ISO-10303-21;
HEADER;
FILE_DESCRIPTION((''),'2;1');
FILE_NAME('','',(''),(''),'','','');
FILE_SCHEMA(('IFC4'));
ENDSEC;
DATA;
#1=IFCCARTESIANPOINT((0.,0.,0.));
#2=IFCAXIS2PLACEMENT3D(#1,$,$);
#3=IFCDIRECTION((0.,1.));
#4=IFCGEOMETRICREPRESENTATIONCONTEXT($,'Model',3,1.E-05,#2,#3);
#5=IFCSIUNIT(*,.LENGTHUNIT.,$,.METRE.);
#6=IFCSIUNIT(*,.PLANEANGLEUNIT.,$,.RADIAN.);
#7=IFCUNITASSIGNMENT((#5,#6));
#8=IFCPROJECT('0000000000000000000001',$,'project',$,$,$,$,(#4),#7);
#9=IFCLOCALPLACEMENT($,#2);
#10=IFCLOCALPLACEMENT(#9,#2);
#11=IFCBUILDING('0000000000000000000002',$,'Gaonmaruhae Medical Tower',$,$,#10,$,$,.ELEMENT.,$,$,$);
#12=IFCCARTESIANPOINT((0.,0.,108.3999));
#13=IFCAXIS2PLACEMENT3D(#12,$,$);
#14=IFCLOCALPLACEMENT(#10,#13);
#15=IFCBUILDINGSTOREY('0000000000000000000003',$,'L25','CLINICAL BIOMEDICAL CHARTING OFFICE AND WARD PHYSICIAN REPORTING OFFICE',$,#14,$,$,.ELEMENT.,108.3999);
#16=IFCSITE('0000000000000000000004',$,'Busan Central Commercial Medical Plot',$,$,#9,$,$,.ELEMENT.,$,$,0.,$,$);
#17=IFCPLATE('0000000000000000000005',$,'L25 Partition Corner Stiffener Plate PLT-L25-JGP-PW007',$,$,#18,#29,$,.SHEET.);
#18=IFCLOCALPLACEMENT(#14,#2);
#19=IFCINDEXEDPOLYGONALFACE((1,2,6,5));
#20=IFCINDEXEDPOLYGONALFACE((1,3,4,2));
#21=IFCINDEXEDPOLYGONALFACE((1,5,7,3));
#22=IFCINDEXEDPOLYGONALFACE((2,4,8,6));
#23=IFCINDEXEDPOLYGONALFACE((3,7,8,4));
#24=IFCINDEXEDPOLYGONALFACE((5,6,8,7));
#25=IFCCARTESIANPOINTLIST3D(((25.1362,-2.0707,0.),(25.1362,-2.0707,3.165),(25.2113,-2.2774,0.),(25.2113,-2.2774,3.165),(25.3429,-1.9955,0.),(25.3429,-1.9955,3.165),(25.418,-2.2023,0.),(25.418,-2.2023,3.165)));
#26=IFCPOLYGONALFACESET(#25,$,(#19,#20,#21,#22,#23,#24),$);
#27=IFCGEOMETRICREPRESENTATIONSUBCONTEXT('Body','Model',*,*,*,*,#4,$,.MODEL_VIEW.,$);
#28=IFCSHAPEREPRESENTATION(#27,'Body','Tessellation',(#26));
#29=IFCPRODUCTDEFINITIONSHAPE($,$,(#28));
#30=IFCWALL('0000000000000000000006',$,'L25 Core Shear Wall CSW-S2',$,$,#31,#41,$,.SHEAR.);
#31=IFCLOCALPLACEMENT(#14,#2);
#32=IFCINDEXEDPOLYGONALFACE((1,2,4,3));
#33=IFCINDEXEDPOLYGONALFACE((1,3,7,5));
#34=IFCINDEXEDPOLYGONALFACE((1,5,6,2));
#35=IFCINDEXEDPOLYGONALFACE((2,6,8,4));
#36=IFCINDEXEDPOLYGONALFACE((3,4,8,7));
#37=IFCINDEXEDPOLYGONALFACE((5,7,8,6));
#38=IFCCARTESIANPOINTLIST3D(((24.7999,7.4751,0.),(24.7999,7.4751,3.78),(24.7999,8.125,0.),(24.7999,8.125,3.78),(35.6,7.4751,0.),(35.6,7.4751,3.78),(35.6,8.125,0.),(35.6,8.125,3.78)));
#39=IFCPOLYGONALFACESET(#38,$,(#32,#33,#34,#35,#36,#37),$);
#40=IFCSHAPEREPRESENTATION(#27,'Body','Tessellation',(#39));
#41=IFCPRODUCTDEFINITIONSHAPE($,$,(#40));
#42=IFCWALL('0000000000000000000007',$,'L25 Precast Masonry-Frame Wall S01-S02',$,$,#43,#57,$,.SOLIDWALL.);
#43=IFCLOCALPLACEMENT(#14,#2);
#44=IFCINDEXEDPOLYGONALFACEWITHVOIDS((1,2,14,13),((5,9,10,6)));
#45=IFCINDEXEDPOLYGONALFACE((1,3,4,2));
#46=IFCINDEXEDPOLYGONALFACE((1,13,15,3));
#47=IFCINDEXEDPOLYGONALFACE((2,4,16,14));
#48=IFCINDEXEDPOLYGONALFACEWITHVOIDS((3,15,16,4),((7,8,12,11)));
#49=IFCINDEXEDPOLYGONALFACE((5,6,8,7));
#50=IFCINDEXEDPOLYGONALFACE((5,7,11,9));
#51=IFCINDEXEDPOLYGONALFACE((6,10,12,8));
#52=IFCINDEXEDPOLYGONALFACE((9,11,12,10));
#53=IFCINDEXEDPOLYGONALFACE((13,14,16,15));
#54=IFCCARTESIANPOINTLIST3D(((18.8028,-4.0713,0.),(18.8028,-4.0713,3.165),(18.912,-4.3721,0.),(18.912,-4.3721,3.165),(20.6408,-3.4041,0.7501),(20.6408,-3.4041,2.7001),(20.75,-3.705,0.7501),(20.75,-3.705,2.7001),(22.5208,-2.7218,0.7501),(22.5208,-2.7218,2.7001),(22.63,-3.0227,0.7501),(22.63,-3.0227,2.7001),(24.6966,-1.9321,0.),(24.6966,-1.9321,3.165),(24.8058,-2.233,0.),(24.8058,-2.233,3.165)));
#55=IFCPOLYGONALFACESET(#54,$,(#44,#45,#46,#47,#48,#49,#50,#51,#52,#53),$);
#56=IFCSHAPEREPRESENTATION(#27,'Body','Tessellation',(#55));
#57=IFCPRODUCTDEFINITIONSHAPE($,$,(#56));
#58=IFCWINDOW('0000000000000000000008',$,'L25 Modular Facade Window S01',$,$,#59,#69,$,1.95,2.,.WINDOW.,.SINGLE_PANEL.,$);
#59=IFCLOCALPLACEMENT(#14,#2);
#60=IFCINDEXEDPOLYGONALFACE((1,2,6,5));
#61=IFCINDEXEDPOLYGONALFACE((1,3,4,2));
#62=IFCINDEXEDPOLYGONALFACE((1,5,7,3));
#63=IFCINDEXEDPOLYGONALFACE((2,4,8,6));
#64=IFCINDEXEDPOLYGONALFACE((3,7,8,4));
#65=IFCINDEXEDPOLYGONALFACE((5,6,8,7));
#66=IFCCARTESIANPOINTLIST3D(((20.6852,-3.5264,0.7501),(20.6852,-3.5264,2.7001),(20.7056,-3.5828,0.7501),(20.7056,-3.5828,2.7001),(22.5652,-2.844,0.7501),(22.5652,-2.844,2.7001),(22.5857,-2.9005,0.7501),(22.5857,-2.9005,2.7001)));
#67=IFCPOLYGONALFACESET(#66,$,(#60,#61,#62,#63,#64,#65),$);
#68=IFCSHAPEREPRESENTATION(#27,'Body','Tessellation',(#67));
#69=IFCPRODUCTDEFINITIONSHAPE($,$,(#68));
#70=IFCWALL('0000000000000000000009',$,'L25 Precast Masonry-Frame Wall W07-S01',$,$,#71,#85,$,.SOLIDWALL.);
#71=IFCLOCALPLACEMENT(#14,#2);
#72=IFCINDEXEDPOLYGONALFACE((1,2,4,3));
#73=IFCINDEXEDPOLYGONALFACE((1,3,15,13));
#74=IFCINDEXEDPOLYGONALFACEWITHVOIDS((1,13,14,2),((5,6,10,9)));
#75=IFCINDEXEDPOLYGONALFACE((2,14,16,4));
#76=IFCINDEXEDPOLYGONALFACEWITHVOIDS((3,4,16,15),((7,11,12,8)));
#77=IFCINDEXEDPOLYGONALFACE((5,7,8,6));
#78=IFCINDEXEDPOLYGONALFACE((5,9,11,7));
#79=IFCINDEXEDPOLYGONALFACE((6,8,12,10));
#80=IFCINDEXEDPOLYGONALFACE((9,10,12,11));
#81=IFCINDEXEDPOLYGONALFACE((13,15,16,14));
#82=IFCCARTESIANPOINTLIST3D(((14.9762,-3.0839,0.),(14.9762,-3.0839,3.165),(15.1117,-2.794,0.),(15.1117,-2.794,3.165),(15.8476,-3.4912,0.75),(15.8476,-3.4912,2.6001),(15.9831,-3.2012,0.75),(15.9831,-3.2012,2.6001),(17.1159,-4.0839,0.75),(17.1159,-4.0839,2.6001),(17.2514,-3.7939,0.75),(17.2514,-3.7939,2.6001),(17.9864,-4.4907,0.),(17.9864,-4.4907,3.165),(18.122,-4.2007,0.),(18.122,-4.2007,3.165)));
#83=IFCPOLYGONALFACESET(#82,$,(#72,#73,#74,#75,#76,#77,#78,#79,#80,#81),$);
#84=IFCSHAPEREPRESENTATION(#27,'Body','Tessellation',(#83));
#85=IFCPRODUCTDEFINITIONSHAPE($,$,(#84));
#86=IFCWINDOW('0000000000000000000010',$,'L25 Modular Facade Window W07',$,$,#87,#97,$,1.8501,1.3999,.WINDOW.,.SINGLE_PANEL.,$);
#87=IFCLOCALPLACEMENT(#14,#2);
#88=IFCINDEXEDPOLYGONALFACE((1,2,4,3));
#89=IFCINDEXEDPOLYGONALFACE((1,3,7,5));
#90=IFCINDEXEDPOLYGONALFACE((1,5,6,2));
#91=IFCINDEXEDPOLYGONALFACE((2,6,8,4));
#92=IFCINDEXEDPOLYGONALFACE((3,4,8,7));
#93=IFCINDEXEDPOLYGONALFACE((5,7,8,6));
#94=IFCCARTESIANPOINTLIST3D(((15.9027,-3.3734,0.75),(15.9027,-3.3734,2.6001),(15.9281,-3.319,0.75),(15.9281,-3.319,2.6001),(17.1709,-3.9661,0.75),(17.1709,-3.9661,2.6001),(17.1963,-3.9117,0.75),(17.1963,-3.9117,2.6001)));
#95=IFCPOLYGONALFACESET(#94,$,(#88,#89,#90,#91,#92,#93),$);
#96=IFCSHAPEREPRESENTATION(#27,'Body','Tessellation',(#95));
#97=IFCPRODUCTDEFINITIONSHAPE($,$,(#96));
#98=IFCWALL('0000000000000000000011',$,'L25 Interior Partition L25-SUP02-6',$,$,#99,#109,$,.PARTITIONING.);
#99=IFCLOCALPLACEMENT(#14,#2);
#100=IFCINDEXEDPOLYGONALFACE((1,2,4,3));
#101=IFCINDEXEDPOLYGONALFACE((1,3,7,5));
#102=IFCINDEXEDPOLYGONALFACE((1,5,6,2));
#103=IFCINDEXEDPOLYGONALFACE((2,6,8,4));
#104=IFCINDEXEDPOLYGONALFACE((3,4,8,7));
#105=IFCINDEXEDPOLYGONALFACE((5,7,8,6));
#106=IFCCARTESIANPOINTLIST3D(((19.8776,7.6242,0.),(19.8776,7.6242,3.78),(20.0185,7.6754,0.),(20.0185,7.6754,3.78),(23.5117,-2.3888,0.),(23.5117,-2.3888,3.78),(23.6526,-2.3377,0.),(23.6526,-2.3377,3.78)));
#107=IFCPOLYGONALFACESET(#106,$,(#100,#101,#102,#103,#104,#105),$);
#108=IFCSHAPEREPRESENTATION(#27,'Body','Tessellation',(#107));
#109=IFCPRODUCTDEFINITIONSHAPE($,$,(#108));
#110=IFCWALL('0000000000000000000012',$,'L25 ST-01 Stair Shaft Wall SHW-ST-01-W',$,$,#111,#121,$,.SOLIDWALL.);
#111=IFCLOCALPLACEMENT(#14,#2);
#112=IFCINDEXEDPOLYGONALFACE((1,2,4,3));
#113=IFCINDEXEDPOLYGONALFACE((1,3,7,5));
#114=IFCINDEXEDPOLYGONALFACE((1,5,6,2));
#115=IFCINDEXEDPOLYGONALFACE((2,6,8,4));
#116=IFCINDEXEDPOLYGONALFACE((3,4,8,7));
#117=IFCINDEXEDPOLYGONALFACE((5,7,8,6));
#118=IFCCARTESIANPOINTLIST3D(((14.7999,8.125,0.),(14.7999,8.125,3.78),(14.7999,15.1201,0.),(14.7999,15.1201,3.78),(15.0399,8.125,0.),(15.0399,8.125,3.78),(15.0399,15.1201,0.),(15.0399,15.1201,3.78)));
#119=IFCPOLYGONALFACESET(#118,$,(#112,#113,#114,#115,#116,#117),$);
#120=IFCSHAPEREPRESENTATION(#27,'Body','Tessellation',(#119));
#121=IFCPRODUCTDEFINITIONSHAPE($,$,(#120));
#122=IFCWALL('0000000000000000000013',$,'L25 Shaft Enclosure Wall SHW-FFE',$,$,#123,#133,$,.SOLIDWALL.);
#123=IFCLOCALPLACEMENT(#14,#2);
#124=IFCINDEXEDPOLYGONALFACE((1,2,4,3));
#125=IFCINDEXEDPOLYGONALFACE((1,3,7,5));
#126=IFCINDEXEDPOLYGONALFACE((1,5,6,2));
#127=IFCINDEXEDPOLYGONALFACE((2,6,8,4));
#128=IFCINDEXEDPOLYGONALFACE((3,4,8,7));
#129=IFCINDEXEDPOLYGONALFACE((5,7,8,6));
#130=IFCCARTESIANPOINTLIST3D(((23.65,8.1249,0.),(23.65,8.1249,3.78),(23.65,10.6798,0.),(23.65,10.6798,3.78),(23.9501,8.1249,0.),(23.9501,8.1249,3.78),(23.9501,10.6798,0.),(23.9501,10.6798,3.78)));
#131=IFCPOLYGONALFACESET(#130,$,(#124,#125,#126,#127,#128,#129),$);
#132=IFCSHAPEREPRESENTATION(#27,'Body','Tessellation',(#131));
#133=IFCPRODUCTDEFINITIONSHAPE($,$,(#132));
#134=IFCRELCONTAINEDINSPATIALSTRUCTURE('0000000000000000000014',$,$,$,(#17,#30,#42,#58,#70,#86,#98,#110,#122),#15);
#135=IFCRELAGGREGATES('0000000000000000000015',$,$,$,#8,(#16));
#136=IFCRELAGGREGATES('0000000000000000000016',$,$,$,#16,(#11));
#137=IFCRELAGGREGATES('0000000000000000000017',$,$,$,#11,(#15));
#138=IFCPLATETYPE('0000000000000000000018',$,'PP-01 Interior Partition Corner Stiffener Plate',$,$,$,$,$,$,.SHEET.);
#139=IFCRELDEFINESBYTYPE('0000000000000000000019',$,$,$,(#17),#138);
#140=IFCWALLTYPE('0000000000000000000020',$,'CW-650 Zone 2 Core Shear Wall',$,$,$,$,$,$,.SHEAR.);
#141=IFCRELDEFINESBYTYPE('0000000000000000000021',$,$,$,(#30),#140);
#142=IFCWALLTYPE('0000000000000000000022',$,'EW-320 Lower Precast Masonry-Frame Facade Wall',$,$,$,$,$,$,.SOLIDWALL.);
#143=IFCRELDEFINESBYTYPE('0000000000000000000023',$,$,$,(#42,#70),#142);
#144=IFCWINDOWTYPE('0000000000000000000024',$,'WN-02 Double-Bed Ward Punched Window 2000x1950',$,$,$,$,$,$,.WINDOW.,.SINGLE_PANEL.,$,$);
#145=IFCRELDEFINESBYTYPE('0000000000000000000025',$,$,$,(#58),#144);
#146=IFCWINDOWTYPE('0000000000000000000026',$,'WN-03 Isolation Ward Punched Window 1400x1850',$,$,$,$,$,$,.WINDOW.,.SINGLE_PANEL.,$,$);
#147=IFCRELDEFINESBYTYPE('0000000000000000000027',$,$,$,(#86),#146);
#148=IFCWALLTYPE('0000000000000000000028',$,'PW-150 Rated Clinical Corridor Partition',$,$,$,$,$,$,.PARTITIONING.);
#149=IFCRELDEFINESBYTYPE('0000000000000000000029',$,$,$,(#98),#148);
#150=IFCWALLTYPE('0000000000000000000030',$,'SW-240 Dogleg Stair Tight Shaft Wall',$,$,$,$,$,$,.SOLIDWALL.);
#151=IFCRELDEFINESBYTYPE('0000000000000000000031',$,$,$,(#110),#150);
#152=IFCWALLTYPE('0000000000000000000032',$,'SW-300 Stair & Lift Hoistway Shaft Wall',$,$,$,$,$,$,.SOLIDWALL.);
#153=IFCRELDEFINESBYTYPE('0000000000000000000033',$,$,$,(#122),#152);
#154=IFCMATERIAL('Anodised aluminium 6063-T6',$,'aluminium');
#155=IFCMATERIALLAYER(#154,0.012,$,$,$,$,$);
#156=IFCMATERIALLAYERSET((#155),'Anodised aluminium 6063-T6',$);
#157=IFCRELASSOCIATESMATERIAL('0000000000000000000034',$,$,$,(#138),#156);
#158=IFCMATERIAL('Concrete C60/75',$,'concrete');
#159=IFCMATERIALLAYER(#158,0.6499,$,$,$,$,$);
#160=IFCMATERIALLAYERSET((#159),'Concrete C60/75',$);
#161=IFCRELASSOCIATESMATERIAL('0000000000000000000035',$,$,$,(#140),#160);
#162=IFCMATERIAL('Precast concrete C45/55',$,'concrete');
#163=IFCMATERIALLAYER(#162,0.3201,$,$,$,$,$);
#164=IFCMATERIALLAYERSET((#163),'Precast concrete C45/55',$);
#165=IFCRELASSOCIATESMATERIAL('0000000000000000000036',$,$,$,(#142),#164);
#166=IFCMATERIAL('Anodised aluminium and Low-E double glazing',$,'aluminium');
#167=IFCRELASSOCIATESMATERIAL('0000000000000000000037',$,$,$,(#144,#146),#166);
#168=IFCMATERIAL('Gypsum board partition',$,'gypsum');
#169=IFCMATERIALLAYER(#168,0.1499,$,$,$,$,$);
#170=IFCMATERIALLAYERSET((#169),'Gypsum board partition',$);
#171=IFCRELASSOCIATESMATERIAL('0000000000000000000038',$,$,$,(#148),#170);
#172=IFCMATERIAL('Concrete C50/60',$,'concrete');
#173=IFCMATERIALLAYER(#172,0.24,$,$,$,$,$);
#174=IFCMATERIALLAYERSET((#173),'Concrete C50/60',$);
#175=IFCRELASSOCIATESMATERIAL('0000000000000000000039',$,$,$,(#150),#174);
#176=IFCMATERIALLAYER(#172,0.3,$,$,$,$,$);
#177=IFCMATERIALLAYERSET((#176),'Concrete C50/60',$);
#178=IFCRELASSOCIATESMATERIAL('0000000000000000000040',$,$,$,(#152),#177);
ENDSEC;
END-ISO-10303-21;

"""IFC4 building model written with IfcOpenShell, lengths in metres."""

from ifc_helpers import new_model, si_unit, direction, frame, frame_2d, origin, origin_2d, place, context, subcontext, project, spatial, rectangle, extrude, material, layer, layer_set, type_object, element, fill, save


model = new_model("IFC4")

# Units and contexts
model_context = context("Model", 3, precision=1e-05, world=origin(), true_north=direction((0.0, 1.0)))
body_context = subcontext(model_context, "Body", "Model", "MODEL_VIEW")
ifc_project = project(units=[si_unit("LENGTHUNIT", "METRE"), si_unit("PLANEANGLEUNIT", "RADIAN")], contexts=[model_context])

# Site, building, storey
site_placement = place(None, origin())
site = spatial("IfcSite", under=ifc_project, at=site_placement, Name="Busan Central Commercial Medical Plot", CompositionType="ELEMENT", RefElevation=0.0)
building_placement = place(site_placement, origin())
building = spatial("IfcBuilding", under=site, at=building_placement, Name="Gaonmaruhae Medical Tower", CompositionType="ELEMENT")
storey_placement = place(building_placement, frame((0.0, 0.0, 108.3999)))
storey = spatial("IfcBuildingStorey", under=building, at=storey_placement, Name="L25", Description="CLINICAL BIOMEDICAL CHARTING OFFICE AND WARD PHYSICIAN REPORTING OFFICE", CompositionType="ELEMENT", Elevation=108.3999)

# Shared definitions
ifc_material_1 = material(Name="Concrete C60/75", Category="concrete")

# Plate
ifc_material_2 = material(Name="Anodised aluminium 6063-T6", Category="aluminium")
ifc_layer_1 = layer(ifc_material_2, 0.012)
ifc_layer_set_1 = layer_set([ifc_layer_1], Name="Anodised aluminium 6063-T6")
plate_type = type_object("IfcPlateType", Name="PP-01 Interior Partition Corner Stiffener Plate", PredefinedType="SHEET", material=ifc_layer_set_1)
plate_placement = place(storey_placement, frame((25.2771, -2.1365, 0.0), z_axis=(0.0, 0.0, 1.0), x_axis=(-0.939824, -0.341659, 0.0)))
element("IfcPlate", 1, at=plate_placement, inside=storey, type_object=plate_type, Name="L25 Partition Corner Stiffener Plate PLT-L25-JGP-PW007", PredefinedType="SHEET", context=body_context, shape_type="SweptSolid", body=[
    extrude(rectangle(XDim=0.22, YDim=0.22, at=origin_2d()), origin(), (0.0, 0.0, 1.0), 3.165),
])

# Wall
ifc_layer_2 = layer(ifc_material_1, 0.6499)
ifc_layer_set_2 = layer_set([ifc_layer_2], Name="Concrete C60/75")
wall_type_1 = type_object("IfcWallType", Name="CW-650 Zone 2 Core Shear Wall", PredefinedType="SHEAR", material=ifc_layer_set_2)
wall_1_placement = place(storey_placement, frame((24.8, 7.8, 0.0), z_axis=(0.0, 0.0, 1.0), x_axis=(1.0, 0.0, 0.0)))
element("IfcWall", 2, at=wall_1_placement, inside=storey, type_object=wall_type_1, Name="L25 Core Shear Wall CSW-S2", PredefinedType="SHEAR", context=body_context, shape_type="SweptSolid", body=[
    extrude(rectangle(XDim=10.8, YDim=0.6499, at=frame_2d((5.3999, 0.0))), origin(), (0.0, 0.0, 1.0), 3.78),
])

# Walls, openings, windows
ifc_material_3 = material(Name="Precast concrete C45/55", Category="concrete")
ifc_layer_3 = layer(ifc_material_3, 0.3201)
ifc_layer_set_3 = layer_set([ifc_layer_3], Name="Precast concrete C45/55")
wall_type_2 = type_object("IfcWallType", Name="EW-320 Lower Precast Masonry-Frame Facade Wall", PredefinedType="SOLIDWALL", material=ifc_layer_set_3)
wall_2_placement = place(storey_placement, frame((24.7512, -2.0825, 0.0), z_axis=(0.0, 0.0, 1.0), x_axis=(-0.94, -0.341174, 0.0)))
wall_2 = element("IfcWall", 3, at=wall_2_placement, inside=storey, type_object=wall_type_2, Name="L25 Precast Masonry-Frame Wall S01-S02", PredefinedType="SOLIDWALL", context=body_context, shape_type="SweptSolid", body=[
    extrude(rectangle(XDim=6.27, YDim=0.3201, at=frame_2d((3.135, 0.0))), origin(), (0.0, 0.0, 1.0), 3.165),
])
opening_1_placement = place(wall_2_placement, frame((2.3147, 0.0, 0.75)))
opening_1 = element("IfcOpeningElement", 4, at=opening_1_placement, cuts=wall_2, PredefinedType="OPENING", context=body_context, shape_type="SweptSolid", body=[
    extrude(rectangle(XDim=2.0, YDim=1.95, at=frame_2d((1.0, 0.9751))), frame((0.0, 0.1699, 0.0), z_axis=(0.0, -1.0, 0.0), x_axis=(1.0, 0.0, 0.0)), (0.0, 0.0, 1.0), 0.3401),
])
ifc_material_4 = material(Name="Anodised aluminium and Low-E double glazing", Category="aluminium")
window_type_1 = type_object("IfcWindowType", Name="WN-02 Double-Bed Ward Punched Window 2000x1950", PartitioningType="SINGLE_PANEL", PredefinedType="WINDOW", material=ifc_material_4)
window_1_placement = place(opening_1_placement, origin())
window_1 = element("IfcWindow", 5, at=window_1_placement, inside=storey, type_object=window_type_1, Name="L25 Modular Facade Window S01", OverallHeight=1.95, OverallWidth=2.0, PartitioningType="SINGLE_PANEL", PredefinedType="WINDOW", context=body_context, shape_type="SweptSolid", body=[
    extrude(rectangle(XDim=2.0, YDim=1.95, at=frame_2d((1.0, 0.9751))), frame((0.0, 0.03, 0.0), z_axis=(0.0, -1.0, 0.0), x_axis=(1.0, 0.0, 0.0)), (0.0, 0.0, 1.0), 0.0601),
])
fill(opening_1, window_1)
wall_3_placement = place(storey_placement, frame((18.0542, -4.3457, 0.0), z_axis=(0.0, 0.0, 1.0), x_axis=(-0.905958, 0.423368, 0.0)))
wall_3 = element("IfcWall", 6, at=wall_3_placement, inside=storey, type_object=wall_type_2, Name="L25 Precast Masonry-Frame Wall W07-S01", PredefinedType="SOLIDWALL", context=body_context, shape_type="SweptSolid", body=[
    extrude(rectangle(XDim=3.3228, YDim=0.3201, at=frame_2d((1.6614, 0.0))), origin(), (0.0, 0.0, 1.0), 3.165),
])
opening_2_placement = place(wall_3_placement, frame((0.9609, 0.0, 0.75)))
opening_2 = element("IfcOpeningElement", 7, at=opening_2_placement, cuts=wall_3, PredefinedType="OPENING", context=body_context, shape_type="SweptSolid", body=[
    extrude(rectangle(XDim=1.3999, YDim=1.8501, at=frame_2d((0.7, 0.925))), frame((0.0, 0.1699, 0.0), z_axis=(0.0, -1.0, 0.0), x_axis=(1.0, 0.0, 0.0)), (0.0, 0.0, 1.0), 0.3401),
])
window_type_2 = type_object("IfcWindowType", Name="WN-03 Isolation Ward Punched Window 1400x1850", PartitioningType="SINGLE_PANEL", PredefinedType="WINDOW", material=ifc_material_4)
window_2_placement = place(opening_2_placement, origin())
window_2 = element("IfcWindow", 8, at=window_2_placement, inside=storey, type_object=window_type_2, Name="L25 Modular Facade Window W07", OverallHeight=1.8501, OverallWidth=1.3999, PartitioningType="SINGLE_PANEL", PredefinedType="WINDOW", context=body_context, shape_type="SweptSolid", body=[
    extrude(rectangle(XDim=1.3999, YDim=1.8501, at=frame_2d((0.7, 0.925))), frame((0.0, 0.03, 0.0), z_axis=(0.0, -1.0, 0.0), x_axis=(1.0, 0.0, 0.0)), (0.0, 0.0, 1.0), 0.0601),
])
fill(opening_2, window_2)

# Walls
ifc_material_5 = material(Name="Gypsum board partition", Category="gypsum")
ifc_layer_4 = layer(ifc_material_5, 0.1499)
ifc_layer_set_4 = layer_set([ifc_layer_4], Name="Gypsum board partition")
wall_type_3 = type_object("IfcWallType", Name="PW-150 Rated Clinical Corridor Partition", PredefinedType="PARTITIONING", material=ifc_layer_set_4)
wall_4_placement = place(storey_placement, frame((19.948, 7.6499, 0.0), z_axis=(0.0, 0.0, 1.0), x_axis=(0.34116, -0.940005, 0.0)))
element("IfcWall", 9, at=wall_4_placement, inside=storey, type_object=wall_type_3, Name="L25 Interior Partition L25-SUP02-6", PredefinedType="PARTITIONING", context=body_context, shape_type="SweptSolid", body=[
    extrude(rectangle(XDim=10.6521, YDim=0.1499, at=frame_2d((5.3262, 0.0))), origin(), (0.0, 0.0, 1.0), 3.78),
])
ifc_material_6 = material(Name="Concrete C50/60", Category="concrete")
ifc_layer_5 = layer(ifc_material_6, 0.24)
ifc_layer_set_5 = layer_set([ifc_layer_5], Name="Concrete C50/60")
wall_type_4 = type_object("IfcWallType", Name="SW-240 Dogleg Stair Tight Shaft Wall", PredefinedType="SOLIDWALL", material=ifc_layer_set_5)
wall_5_placement = place(storey_placement, frame((14.9199, 8.125, 0.0), z_axis=(0.0, 0.0, 1.0), x_axis=(0.0, 1.0, 0.0)))
element("IfcWall", 10, at=wall_5_placement, inside=storey, type_object=wall_type_4, Name="L25 ST-01 Stair Shaft Wall SHW-ST-01-W", PredefinedType="SOLIDWALL", context=body_context, shape_type="SweptSolid", body=[
    extrude(rectangle(XDim=6.9951, YDim=0.24, at=frame_2d((3.4976, 0.0))), origin(), (0.0, 0.0, 1.0), 3.78),
])
ifc_layer_6 = layer(ifc_material_6, 0.3)
ifc_layer_set_6 = layer_set([ifc_layer_6], Name="Concrete C50/60")
wall_type_5 = type_object("IfcWallType", Name="SW-300 Stair & Lift Hoistway Shaft Wall", PredefinedType="SOLIDWALL", material=ifc_layer_set_6)
wall_6_placement = place(storey_placement, frame((23.8, 8.125, 0.0), z_axis=(0.0, 0.0, 1.0), x_axis=(0.0, 1.0, 0.0)))
element("IfcWall", 11, at=wall_6_placement, inside=storey, type_object=wall_type_5, Name="L25 Shaft Enclosure Wall SHW-FFE", PredefinedType="SOLIDWALL", context=body_context, shape_type="SweptSolid", body=[
    extrude(rectangle(XDim=2.5549, YDim=0.3, at=frame_2d((1.2773, 0.0))), origin(), (0.0, 0.0, 1.0), 3.78),
])

save(model, "model.ifc")
